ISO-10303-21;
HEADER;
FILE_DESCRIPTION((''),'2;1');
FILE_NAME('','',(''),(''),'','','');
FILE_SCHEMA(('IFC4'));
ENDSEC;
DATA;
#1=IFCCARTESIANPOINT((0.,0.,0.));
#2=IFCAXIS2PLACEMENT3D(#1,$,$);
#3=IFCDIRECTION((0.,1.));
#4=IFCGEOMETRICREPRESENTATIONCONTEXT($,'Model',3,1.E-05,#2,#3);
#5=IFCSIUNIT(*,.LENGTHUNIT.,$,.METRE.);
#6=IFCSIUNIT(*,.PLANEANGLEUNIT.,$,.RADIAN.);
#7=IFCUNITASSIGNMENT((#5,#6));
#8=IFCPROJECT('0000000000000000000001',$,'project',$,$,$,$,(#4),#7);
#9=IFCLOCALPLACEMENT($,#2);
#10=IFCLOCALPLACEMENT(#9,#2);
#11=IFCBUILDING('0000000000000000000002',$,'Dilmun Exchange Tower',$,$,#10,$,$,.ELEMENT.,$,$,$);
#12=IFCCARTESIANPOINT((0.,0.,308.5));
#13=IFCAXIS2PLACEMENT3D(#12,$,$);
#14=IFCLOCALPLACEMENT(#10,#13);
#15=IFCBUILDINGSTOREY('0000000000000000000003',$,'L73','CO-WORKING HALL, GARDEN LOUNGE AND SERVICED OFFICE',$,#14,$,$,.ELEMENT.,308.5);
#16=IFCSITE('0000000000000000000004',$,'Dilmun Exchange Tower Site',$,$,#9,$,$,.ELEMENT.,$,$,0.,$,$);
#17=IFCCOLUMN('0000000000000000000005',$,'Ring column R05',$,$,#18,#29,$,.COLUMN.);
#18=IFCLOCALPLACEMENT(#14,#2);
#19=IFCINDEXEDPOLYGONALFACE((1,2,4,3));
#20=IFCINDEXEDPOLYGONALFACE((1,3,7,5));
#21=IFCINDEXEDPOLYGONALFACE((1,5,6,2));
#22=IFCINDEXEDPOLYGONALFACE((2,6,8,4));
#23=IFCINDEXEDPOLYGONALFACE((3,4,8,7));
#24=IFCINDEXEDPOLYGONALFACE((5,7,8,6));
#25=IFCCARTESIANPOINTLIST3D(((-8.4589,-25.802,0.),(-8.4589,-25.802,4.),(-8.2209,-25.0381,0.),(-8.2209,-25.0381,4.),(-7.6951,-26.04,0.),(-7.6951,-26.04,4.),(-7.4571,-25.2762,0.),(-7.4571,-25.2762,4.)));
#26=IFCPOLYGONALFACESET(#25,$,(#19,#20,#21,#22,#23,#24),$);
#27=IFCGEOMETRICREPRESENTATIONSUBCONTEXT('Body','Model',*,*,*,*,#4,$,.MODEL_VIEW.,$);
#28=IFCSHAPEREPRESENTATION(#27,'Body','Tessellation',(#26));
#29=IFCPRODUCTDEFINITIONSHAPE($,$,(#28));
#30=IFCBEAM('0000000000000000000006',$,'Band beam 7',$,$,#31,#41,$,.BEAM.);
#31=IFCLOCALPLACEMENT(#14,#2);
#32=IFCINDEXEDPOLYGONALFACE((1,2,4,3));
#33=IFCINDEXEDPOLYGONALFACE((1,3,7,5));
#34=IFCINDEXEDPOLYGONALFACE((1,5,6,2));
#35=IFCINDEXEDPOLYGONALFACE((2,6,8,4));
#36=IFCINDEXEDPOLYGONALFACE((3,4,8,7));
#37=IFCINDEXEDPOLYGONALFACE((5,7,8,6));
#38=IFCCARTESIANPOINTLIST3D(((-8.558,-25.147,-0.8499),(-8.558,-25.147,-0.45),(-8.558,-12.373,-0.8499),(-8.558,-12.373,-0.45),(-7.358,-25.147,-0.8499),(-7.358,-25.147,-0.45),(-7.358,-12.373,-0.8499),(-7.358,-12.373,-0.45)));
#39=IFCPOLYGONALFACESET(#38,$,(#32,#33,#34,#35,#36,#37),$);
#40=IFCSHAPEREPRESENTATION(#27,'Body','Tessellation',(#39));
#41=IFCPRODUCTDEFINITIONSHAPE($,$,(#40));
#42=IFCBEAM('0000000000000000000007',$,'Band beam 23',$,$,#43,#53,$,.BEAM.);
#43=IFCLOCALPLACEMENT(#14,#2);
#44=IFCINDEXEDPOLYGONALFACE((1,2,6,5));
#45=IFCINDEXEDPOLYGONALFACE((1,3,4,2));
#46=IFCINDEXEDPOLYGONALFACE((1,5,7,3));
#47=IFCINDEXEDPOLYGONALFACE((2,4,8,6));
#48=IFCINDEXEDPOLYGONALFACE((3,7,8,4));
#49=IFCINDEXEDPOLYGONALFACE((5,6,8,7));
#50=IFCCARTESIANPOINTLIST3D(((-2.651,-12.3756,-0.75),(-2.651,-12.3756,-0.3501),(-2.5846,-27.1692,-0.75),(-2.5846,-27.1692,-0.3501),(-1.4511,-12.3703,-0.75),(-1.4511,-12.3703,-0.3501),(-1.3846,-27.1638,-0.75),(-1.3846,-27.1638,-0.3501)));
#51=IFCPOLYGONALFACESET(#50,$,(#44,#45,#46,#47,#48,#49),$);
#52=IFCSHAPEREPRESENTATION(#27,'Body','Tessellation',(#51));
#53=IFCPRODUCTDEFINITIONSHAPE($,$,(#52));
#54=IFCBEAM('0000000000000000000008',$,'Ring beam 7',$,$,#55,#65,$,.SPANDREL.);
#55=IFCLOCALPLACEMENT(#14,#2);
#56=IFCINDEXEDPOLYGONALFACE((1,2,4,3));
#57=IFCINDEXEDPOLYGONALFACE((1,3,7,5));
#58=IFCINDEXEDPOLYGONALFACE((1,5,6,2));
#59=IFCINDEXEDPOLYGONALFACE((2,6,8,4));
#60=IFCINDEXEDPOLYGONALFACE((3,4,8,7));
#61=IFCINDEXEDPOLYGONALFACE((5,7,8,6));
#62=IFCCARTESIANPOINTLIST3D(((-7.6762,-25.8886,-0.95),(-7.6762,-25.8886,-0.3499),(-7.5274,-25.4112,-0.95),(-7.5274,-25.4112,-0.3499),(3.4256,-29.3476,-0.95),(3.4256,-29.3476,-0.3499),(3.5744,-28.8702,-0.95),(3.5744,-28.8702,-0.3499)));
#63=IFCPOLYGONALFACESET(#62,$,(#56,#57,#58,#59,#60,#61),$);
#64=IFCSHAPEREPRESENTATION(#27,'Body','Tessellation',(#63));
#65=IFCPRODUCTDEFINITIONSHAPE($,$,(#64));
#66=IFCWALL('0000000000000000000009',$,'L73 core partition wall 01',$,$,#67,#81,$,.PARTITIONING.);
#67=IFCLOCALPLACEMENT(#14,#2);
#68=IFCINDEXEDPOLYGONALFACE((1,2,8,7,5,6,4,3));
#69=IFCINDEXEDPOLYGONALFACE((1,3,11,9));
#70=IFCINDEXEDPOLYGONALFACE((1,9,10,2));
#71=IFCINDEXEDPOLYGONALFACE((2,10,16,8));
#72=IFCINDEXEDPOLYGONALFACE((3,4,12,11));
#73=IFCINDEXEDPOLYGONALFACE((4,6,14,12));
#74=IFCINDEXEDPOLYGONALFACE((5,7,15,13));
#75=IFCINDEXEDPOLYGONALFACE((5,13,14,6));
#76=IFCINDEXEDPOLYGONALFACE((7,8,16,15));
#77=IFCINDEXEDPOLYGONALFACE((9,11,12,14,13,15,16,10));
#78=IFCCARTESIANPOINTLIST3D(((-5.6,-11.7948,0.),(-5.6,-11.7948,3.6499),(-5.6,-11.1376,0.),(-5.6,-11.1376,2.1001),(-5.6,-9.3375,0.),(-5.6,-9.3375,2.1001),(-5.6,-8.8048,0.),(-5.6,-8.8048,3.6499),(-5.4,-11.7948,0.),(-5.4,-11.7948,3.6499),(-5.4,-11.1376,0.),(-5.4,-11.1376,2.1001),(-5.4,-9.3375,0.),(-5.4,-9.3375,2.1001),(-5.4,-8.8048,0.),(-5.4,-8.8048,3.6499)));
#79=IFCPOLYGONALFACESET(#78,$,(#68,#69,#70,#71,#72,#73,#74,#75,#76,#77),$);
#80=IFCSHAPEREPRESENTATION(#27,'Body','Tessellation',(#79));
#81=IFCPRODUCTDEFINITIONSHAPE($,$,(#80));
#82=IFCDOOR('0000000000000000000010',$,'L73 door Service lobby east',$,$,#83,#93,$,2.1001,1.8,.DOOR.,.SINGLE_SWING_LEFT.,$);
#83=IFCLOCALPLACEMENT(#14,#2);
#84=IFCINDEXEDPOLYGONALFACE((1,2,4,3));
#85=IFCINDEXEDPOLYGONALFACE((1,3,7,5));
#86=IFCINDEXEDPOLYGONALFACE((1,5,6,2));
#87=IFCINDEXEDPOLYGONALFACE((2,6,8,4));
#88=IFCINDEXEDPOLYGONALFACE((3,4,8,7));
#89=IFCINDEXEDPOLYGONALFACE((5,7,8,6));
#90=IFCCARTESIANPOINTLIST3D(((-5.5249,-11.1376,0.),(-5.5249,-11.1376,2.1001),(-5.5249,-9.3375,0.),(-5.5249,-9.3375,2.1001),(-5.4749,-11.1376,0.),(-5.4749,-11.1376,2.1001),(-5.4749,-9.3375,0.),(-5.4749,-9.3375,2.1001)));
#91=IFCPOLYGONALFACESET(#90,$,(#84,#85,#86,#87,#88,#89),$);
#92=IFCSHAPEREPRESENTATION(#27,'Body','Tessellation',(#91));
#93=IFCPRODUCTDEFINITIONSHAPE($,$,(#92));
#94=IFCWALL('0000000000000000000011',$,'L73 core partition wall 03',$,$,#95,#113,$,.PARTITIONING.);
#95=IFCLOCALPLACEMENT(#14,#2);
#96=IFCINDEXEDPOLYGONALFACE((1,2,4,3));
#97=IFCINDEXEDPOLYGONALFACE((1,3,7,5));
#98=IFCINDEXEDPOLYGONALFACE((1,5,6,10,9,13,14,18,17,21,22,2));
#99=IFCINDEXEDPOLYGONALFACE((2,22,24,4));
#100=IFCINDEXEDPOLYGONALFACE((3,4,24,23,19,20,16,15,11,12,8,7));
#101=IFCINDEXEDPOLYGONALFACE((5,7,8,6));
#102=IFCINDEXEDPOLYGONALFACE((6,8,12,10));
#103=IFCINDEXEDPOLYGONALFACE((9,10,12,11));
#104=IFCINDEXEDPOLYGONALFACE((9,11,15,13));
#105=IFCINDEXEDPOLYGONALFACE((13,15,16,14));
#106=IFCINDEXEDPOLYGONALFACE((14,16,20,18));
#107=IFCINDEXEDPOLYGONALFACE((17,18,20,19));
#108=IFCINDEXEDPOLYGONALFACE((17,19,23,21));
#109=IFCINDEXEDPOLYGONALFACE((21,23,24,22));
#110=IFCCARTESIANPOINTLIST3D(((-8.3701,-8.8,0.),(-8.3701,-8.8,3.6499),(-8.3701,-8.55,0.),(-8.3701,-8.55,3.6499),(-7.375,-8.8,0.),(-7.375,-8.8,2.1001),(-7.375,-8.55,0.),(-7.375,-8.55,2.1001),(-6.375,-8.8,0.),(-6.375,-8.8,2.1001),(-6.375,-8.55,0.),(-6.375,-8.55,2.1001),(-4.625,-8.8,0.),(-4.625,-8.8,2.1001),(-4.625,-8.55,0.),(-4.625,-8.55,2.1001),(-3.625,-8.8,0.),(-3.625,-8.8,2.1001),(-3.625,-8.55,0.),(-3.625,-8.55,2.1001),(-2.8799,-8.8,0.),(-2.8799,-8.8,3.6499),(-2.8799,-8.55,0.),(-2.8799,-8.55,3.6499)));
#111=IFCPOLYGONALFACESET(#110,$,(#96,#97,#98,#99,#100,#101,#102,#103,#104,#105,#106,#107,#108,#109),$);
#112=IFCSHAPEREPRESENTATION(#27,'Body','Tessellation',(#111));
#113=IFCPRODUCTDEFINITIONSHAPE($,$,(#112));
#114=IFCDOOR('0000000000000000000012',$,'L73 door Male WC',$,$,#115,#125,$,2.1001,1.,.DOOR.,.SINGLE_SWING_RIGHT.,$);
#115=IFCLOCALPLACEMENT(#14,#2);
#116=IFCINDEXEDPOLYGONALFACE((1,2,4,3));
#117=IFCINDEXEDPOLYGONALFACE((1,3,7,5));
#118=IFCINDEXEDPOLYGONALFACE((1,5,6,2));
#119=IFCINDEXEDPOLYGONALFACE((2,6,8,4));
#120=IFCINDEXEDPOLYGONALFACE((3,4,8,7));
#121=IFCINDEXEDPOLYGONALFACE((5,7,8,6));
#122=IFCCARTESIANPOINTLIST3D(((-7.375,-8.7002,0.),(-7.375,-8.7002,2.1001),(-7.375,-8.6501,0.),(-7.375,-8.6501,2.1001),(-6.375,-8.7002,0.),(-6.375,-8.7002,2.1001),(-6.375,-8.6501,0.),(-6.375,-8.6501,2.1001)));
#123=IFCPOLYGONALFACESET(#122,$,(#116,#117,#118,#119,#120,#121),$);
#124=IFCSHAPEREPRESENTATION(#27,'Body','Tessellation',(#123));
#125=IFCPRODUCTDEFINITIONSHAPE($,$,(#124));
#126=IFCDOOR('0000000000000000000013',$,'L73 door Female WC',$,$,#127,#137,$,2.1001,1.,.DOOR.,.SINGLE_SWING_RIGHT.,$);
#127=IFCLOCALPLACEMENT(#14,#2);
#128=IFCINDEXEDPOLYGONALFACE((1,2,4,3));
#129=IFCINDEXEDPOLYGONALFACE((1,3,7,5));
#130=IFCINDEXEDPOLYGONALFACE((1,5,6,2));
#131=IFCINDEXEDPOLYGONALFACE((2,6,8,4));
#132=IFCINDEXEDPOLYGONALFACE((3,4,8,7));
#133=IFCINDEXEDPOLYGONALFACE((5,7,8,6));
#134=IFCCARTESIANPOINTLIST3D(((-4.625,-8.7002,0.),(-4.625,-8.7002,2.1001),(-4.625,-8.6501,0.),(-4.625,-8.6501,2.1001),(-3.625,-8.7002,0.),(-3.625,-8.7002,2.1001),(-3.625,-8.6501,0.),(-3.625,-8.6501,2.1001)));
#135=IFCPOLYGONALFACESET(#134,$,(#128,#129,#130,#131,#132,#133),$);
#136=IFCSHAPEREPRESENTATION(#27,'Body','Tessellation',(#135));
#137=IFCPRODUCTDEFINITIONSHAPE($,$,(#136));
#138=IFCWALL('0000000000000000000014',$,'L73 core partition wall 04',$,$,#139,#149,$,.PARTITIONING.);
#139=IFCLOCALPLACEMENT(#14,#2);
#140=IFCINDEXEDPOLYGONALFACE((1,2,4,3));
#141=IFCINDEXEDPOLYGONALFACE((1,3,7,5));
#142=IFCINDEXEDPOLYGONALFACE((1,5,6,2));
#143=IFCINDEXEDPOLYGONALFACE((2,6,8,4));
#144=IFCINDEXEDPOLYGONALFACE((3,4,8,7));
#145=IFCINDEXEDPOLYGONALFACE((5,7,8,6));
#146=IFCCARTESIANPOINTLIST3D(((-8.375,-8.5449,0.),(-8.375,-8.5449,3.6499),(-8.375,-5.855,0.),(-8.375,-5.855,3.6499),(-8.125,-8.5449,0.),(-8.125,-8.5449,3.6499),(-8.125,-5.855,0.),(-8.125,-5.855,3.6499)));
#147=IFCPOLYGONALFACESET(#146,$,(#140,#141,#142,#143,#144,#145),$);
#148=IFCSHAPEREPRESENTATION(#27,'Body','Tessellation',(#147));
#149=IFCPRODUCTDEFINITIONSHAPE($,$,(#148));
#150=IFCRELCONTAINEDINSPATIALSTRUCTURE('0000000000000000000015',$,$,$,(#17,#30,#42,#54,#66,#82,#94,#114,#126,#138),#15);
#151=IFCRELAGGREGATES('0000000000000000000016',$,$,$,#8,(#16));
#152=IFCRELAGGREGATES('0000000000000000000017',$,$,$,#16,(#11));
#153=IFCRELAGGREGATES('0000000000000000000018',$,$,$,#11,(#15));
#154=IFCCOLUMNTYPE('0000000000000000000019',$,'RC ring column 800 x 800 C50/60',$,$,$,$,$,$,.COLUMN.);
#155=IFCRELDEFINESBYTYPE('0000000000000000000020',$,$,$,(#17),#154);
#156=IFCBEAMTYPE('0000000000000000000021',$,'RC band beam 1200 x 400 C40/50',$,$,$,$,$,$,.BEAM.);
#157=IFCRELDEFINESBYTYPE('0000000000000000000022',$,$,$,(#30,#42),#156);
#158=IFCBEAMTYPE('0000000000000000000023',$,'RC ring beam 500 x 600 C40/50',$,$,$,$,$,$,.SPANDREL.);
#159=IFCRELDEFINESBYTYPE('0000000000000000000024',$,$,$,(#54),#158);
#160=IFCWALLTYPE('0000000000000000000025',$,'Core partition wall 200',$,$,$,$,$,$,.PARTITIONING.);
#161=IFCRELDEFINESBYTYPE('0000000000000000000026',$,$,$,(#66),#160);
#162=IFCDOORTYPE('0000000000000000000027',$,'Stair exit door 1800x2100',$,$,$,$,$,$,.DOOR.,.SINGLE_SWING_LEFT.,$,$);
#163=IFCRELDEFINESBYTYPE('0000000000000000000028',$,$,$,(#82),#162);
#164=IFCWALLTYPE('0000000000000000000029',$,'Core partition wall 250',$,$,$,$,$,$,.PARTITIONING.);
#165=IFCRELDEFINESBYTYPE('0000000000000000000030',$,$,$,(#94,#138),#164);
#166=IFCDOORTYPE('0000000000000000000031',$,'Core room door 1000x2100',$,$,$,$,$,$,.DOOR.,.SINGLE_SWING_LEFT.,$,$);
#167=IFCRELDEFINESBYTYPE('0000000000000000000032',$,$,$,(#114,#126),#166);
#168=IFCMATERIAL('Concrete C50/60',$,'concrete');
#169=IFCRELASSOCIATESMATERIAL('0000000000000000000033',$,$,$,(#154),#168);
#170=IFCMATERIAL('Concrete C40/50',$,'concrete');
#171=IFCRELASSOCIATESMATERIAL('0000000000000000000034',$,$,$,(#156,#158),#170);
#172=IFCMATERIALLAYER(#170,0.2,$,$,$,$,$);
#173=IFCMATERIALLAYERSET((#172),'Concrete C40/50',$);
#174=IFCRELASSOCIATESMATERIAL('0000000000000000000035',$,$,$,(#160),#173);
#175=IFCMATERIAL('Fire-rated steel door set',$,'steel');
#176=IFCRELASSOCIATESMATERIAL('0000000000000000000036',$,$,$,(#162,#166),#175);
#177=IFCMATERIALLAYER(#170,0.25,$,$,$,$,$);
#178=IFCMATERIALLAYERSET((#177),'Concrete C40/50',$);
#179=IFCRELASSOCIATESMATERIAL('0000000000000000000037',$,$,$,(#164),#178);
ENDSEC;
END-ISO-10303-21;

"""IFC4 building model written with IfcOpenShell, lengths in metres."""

from ifc_helpers import new_model, si_unit, direction, frame, frame_2d, origin, origin_2d, place, context, subcontext, project, spatial, rectangle, extrude, material, layer, layer_set, material_profile, profile_set, type_object, element, fill, save


model = new_model("IFC4")

# Units and contexts
model_context = context("Model", 3, precision=1e-05, world=origin(), true_north=direction((0.0, 1.0)))
body_context = subcontext(model_context, "Body", "Model", "MODEL_VIEW")
ifc_project = project(units=[si_unit("LENGTHUNIT", "METRE"), si_unit("PLANEANGLEUNIT", "RADIAN")], contexts=[model_context])

# Site, building, storey
site_placement = place(None, origin())
site = spatial("IfcSite", under=ifc_project, at=site_placement, Name="Dilmun Exchange Tower Site", CompositionType="ELEMENT", RefElevation=0.0)
building_placement = place(site_placement, origin())
building = spatial("IfcBuilding", under=site, at=building_placement, Name="Dilmun Exchange Tower", CompositionType="ELEMENT")
storey_placement = place(building_placement, frame((0.0, 0.0, 308.5)))
storey = spatial("IfcBuildingStorey", under=building, at=storey_placement, Name="L73", Description="CO-WORKING HALL, GARDEN LOUNGE AND SERVICED OFFICE", CompositionType="ELEMENT", Elevation=308.5)

# Column
ifc_material_1 = material(Name="Concrete C50/60", Category="concrete")
ifc_material_profile_1 = material_profile(ifc_material_1, rectangle(XDim=0.8, YDim=0.8, at=origin_2d()), Name="800 x 800")
ifc_profile_set_1 = profile_set([ifc_material_profile_1], Name="Concrete C50/60")
column_type = type_object("IfcColumnType", Name="RC ring column 800 x 800 C50/60", PredefinedType="COLUMN", material=ifc_profile_set_1)
column_placement = place(storey_placement, frame((-7.958, -25.5391, 0.0), z_axis=(0.0, 0.0, 1.0), x_axis=(0.297503, 0.954721, 0.0)))
element("IfcColumn", 1, at=column_placement, inside=storey, type_object=column_type, Name="Ring column R05", PredefinedType="COLUMN", context=body_context, shape_type="SweptSolid", body=[
    extrude(rectangle(XDim=0.8, YDim=0.8, at=origin_2d()), origin(), (0.0, 0.0, 1.0), 4.0),
])

# Beams
ifc_material_2 = material(Name="Concrete C40/50", Category="concrete")
ifc_material_profile_2 = material_profile(ifc_material_2, rectangle(XDim=1.2, YDim=0.3999, at=origin_2d()), Name="1200 x 400")
ifc_profile_set_2 = profile_set([ifc_material_profile_2], Name="Concrete C40/50")
beam_type_1 = type_object("IfcBeamType", Name="RC band beam 1200 x 400 C40/50", PredefinedType="BEAM", material=ifc_profile_set_2)
beam_1_placement = place(storey_placement, frame((-7.958, -25.147, -0.6499), z_axis=(0.0, 1.0, 0.0), x_axis=(-1.0, 0.0, 0.0)))
element("IfcBeam", 2, at=beam_1_placement, inside=storey, type_object=beam_type_1, Name="Band beam 7", PredefinedType="BEAM", context=body_context, shape_type="SweptSolid", body=[
    extrude(rectangle(XDim=1.2, YDim=0.3999, at=origin_2d()), origin(), (0.0, 0.0, 1.0), 12.7739),
])
beam_2_placement = place(storey_placement, frame((-1.9846, -27.1665, -0.55), z_axis=(-0.004489, 0.99999, 0.0), x_axis=(-0.99999, -0.004489, 0.0)))
element("IfcBeam", 3, at=beam_2_placement, inside=storey, type_object=beam_type_1, Name="Band beam 23", PredefinedType="BEAM", context=body_context, shape_type="SweptSolid", body=[
    extrude(rectangle(XDim=1.2, YDim=0.3999, at=origin_2d()), origin(), (0.0, 0.0, 1.0), 14.7937),
])
ifc_material_profile_3 = material_profile(ifc_material_2, rectangle(XDim=0.5, YDim=0.6001, at=origin_2d()), Name="500 x 600")
ifc_profile_set_3 = profile_set([ifc_material_profile_3], Name="Concrete C40/50")
beam_type_2 = type_object("IfcBeamType", Name="RC ring beam 500 x 600 C40/50", PredefinedType="SPANDREL", material=ifc_profile_set_3)
beam_3_placement = place(storey_placement, frame((-7.6018, -25.6499, -0.6499), z_axis=(0.954733, -0.297466, 0.0), x_axis=(0.297466, 0.954733, 0.0)))
element("IfcBeam", 4, at=beam_3_placement, inside=storey, type_object=beam_type_2, Name="Ring beam 7", PredefinedType="SPANDREL", context=body_context, shape_type="SweptSolid", body=[
    extrude(rectangle(XDim=0.5, YDim=0.6001, at=origin_2d()), origin(), (0.0, 0.0, 1.0), 11.6282),
])

# Wall, opening, door
ifc_layer_1 = layer(ifc_material_2, 0.2)
ifc_layer_set_1 = layer_set([ifc_layer_1], Name="Concrete C40/50")
wall_type_1 = type_object("IfcWallType", Name="Core partition wall 200", PredefinedType="PARTITIONING", material=ifc_layer_set_1)
wall_1_placement = place(storey_placement, frame((-5.5, -11.7949, 0.0), z_axis=(0.0, 0.0, 1.0), x_axis=(0.0, 1.0, 0.0)))
wall_1 = element("IfcWall", 5, at=wall_1_placement, inside=storey, type_object=wall_type_1, Name="L73 core partition wall 01", PredefinedType="PARTITIONING", context=body_context, shape_type="SweptSolid", body=[
    extrude(rectangle(XDim=2.99, YDim=0.2, at=frame_2d((1.4951, 0.0))), origin(), (0.0, 0.0, 1.0), 3.6499),
])
opening_1_placement = place(wall_1_placement, frame((0.6575, 0.0, 0.0)))
opening_1 = element("IfcOpeningElement", 6, at=opening_1_placement, cuts=wall_1, PredefinedType="OPENING", context=body_context, shape_type="SweptSolid", body=[
    extrude(rectangle(XDim=1.8, YDim=2.1001, at=frame_2d((0.8999, 1.05))), frame((0.0, 0.1099, 0.0), z_axis=(0.0, -1.0, 0.0), x_axis=(1.0, 0.0, 0.0)), (0.0, 0.0, 1.0), 0.22),
])
ifc_material_3 = material(Name="Fire-rated steel door set", Category="steel")
door_type_1 = type_object("IfcDoorType", Name="Stair exit door 1800x2100", OperationType="SINGLE_SWING_LEFT", PredefinedType="DOOR", material=ifc_material_3)
door_1_placement = place(opening_1_placement, origin())
door_1 = element("IfcDoor", 7, at=door_1_placement, inside=storey, type_object=door_type_1, Name="L73 door Service lobby east", OperationType="SINGLE_SWING_LEFT", OverallHeight=2.1001, OverallWidth=1.8, PredefinedType="DOOR", context=body_context, shape_type="SweptSolid", body=[
    extrude(rectangle(XDim=1.8, YDim=2.1001, at=frame_2d((0.8999, 1.05))), frame((0.0, 0.0249, 0.0), z_axis=(0.0, -1.0, 0.0), x_axis=(1.0, 0.0, 0.0)), (0.0, 0.0, 1.0), 0.05),
])
fill(opening_1, door_1)

# Wall, openings, doors
ifc_layer_2 = layer(ifc_material_2, 0.25)
ifc_layer_set_2 = layer_set([ifc_layer_2], Name="Concrete C40/50")
wall_type_2 = type_object("IfcWallType", Name="Core partition wall 250", PredefinedType="PARTITIONING", material=ifc_layer_set_2)
wall_2_placement = place(storey_placement, frame((-8.3701, -8.675, 0.0), z_axis=(0.0, 0.0, 1.0), x_axis=(1.0, 0.0, 0.0)))
wall_2 = element("IfcWall", 8, at=wall_2_placement, inside=storey, type_object=wall_type_2, Name="L73 core partition wall 03", PredefinedType="PARTITIONING", context=body_context, shape_type="SweptSolid", body=[
    extrude(rectangle(XDim=5.4902, YDim=0.25, at=frame_2d((2.7451, 0.0))), origin(), (0.0, 0.0, 1.0), 3.6499),
])
opening_2_placement = place(wall_2_placement, frame((0.9951, 0.0, 0.0)))
opening_2 = element("IfcOpeningElement", 9, at=opening_2_placement, cuts=wall_2, PredefinedType="OPENING", context=body_context, shape_type="SweptSolid", body=[
    extrude(rectangle(XDim=1.0, YDim=2.1001, at=frame_2d((0.5, 1.05))), frame((0.0, 0.135, 0.0), z_axis=(0.0, -1.0, 0.0), x_axis=(1.0, 0.0, 0.0)), (0.0, 0.0, 1.0), 0.27),
])
opening_3_placement = place(wall_2_placement, frame((3.7451, 0.0, 0.0)))
opening_3 = element("IfcOpeningElement", 10, at=opening_3_placement, cuts=wall_2, PredefinedType="OPENING", context=body_context, shape_type="SweptSolid", body=[
    extrude(rectangle(XDim=1.0, YDim=2.1001, at=frame_2d((0.5, 1.05))), frame((0.0, 0.135, 0.0), z_axis=(0.0, -1.0, 0.0), x_axis=(1.0, 0.0, 0.0)), (0.0, 0.0, 1.0), 0.27),
])
door_type_2 = type_object("IfcDoorType", Name="Core room door 1000x2100", OperationType="SINGLE_SWING_LEFT", PredefinedType="DOOR", material=ifc_material_3)
door_2_placement = place(opening_2_placement, origin())
door_2 = element("IfcDoor", 11, at=door_2_placement, inside=storey, type_object=door_type_2, Name="L73 door Male WC", OperationType="SINGLE_SWING_RIGHT", OverallHeight=2.1001, OverallWidth=1.0, PredefinedType="DOOR", context=body_context, shape_type="SweptSolid", body=[
    extrude(rectangle(XDim=1.0, YDim=2.1001, at=frame_2d((0.5, 1.05))), frame((0.0, 0.0249, 0.0), z_axis=(0.0, -1.0, 0.0), x_axis=(1.0, 0.0, 0.0)), (0.0, 0.0, 1.0), 0.05),
])
fill(opening_2, door_2)
door_3_placement = place(opening_3_placement, origin())
door_3 = element("IfcDoor", 12, at=door_3_placement, inside=storey, type_object=door_type_2, Name="L73 door Female WC", OperationType="SINGLE_SWING_RIGHT", OverallHeight=2.1001, OverallWidth=1.0, PredefinedType="DOOR", context=body_context, shape_type="SweptSolid", body=[
    extrude(rectangle(XDim=1.0, YDim=2.1001, at=frame_2d((0.5, 1.05))), frame((0.0, 0.0249, 0.0), z_axis=(0.0, -1.0, 0.0), x_axis=(1.0, 0.0, 0.0)), (0.0, 0.0, 1.0), 0.05),
])
fill(opening_3, door_3)

# Wall
wall_3_placement = place(storey_placement, frame((-8.25, -8.5449, 0.0), z_axis=(0.0, 0.0, 1.0), x_axis=(0.0, 1.0, 0.0)))
element("IfcWall", 13, at=wall_3_placement, inside=storey, type_object=wall_type_2, Name="L73 core partition wall 04", PredefinedType="PARTITIONING", context=body_context, shape_type="SweptSolid", body=[
    extrude(rectangle(XDim=2.6899, YDim=0.25, at=frame_2d((1.345, 0.0))), origin(), (0.0, 0.0, 1.0), 3.6499),
])

save(model, "model.ifc")
